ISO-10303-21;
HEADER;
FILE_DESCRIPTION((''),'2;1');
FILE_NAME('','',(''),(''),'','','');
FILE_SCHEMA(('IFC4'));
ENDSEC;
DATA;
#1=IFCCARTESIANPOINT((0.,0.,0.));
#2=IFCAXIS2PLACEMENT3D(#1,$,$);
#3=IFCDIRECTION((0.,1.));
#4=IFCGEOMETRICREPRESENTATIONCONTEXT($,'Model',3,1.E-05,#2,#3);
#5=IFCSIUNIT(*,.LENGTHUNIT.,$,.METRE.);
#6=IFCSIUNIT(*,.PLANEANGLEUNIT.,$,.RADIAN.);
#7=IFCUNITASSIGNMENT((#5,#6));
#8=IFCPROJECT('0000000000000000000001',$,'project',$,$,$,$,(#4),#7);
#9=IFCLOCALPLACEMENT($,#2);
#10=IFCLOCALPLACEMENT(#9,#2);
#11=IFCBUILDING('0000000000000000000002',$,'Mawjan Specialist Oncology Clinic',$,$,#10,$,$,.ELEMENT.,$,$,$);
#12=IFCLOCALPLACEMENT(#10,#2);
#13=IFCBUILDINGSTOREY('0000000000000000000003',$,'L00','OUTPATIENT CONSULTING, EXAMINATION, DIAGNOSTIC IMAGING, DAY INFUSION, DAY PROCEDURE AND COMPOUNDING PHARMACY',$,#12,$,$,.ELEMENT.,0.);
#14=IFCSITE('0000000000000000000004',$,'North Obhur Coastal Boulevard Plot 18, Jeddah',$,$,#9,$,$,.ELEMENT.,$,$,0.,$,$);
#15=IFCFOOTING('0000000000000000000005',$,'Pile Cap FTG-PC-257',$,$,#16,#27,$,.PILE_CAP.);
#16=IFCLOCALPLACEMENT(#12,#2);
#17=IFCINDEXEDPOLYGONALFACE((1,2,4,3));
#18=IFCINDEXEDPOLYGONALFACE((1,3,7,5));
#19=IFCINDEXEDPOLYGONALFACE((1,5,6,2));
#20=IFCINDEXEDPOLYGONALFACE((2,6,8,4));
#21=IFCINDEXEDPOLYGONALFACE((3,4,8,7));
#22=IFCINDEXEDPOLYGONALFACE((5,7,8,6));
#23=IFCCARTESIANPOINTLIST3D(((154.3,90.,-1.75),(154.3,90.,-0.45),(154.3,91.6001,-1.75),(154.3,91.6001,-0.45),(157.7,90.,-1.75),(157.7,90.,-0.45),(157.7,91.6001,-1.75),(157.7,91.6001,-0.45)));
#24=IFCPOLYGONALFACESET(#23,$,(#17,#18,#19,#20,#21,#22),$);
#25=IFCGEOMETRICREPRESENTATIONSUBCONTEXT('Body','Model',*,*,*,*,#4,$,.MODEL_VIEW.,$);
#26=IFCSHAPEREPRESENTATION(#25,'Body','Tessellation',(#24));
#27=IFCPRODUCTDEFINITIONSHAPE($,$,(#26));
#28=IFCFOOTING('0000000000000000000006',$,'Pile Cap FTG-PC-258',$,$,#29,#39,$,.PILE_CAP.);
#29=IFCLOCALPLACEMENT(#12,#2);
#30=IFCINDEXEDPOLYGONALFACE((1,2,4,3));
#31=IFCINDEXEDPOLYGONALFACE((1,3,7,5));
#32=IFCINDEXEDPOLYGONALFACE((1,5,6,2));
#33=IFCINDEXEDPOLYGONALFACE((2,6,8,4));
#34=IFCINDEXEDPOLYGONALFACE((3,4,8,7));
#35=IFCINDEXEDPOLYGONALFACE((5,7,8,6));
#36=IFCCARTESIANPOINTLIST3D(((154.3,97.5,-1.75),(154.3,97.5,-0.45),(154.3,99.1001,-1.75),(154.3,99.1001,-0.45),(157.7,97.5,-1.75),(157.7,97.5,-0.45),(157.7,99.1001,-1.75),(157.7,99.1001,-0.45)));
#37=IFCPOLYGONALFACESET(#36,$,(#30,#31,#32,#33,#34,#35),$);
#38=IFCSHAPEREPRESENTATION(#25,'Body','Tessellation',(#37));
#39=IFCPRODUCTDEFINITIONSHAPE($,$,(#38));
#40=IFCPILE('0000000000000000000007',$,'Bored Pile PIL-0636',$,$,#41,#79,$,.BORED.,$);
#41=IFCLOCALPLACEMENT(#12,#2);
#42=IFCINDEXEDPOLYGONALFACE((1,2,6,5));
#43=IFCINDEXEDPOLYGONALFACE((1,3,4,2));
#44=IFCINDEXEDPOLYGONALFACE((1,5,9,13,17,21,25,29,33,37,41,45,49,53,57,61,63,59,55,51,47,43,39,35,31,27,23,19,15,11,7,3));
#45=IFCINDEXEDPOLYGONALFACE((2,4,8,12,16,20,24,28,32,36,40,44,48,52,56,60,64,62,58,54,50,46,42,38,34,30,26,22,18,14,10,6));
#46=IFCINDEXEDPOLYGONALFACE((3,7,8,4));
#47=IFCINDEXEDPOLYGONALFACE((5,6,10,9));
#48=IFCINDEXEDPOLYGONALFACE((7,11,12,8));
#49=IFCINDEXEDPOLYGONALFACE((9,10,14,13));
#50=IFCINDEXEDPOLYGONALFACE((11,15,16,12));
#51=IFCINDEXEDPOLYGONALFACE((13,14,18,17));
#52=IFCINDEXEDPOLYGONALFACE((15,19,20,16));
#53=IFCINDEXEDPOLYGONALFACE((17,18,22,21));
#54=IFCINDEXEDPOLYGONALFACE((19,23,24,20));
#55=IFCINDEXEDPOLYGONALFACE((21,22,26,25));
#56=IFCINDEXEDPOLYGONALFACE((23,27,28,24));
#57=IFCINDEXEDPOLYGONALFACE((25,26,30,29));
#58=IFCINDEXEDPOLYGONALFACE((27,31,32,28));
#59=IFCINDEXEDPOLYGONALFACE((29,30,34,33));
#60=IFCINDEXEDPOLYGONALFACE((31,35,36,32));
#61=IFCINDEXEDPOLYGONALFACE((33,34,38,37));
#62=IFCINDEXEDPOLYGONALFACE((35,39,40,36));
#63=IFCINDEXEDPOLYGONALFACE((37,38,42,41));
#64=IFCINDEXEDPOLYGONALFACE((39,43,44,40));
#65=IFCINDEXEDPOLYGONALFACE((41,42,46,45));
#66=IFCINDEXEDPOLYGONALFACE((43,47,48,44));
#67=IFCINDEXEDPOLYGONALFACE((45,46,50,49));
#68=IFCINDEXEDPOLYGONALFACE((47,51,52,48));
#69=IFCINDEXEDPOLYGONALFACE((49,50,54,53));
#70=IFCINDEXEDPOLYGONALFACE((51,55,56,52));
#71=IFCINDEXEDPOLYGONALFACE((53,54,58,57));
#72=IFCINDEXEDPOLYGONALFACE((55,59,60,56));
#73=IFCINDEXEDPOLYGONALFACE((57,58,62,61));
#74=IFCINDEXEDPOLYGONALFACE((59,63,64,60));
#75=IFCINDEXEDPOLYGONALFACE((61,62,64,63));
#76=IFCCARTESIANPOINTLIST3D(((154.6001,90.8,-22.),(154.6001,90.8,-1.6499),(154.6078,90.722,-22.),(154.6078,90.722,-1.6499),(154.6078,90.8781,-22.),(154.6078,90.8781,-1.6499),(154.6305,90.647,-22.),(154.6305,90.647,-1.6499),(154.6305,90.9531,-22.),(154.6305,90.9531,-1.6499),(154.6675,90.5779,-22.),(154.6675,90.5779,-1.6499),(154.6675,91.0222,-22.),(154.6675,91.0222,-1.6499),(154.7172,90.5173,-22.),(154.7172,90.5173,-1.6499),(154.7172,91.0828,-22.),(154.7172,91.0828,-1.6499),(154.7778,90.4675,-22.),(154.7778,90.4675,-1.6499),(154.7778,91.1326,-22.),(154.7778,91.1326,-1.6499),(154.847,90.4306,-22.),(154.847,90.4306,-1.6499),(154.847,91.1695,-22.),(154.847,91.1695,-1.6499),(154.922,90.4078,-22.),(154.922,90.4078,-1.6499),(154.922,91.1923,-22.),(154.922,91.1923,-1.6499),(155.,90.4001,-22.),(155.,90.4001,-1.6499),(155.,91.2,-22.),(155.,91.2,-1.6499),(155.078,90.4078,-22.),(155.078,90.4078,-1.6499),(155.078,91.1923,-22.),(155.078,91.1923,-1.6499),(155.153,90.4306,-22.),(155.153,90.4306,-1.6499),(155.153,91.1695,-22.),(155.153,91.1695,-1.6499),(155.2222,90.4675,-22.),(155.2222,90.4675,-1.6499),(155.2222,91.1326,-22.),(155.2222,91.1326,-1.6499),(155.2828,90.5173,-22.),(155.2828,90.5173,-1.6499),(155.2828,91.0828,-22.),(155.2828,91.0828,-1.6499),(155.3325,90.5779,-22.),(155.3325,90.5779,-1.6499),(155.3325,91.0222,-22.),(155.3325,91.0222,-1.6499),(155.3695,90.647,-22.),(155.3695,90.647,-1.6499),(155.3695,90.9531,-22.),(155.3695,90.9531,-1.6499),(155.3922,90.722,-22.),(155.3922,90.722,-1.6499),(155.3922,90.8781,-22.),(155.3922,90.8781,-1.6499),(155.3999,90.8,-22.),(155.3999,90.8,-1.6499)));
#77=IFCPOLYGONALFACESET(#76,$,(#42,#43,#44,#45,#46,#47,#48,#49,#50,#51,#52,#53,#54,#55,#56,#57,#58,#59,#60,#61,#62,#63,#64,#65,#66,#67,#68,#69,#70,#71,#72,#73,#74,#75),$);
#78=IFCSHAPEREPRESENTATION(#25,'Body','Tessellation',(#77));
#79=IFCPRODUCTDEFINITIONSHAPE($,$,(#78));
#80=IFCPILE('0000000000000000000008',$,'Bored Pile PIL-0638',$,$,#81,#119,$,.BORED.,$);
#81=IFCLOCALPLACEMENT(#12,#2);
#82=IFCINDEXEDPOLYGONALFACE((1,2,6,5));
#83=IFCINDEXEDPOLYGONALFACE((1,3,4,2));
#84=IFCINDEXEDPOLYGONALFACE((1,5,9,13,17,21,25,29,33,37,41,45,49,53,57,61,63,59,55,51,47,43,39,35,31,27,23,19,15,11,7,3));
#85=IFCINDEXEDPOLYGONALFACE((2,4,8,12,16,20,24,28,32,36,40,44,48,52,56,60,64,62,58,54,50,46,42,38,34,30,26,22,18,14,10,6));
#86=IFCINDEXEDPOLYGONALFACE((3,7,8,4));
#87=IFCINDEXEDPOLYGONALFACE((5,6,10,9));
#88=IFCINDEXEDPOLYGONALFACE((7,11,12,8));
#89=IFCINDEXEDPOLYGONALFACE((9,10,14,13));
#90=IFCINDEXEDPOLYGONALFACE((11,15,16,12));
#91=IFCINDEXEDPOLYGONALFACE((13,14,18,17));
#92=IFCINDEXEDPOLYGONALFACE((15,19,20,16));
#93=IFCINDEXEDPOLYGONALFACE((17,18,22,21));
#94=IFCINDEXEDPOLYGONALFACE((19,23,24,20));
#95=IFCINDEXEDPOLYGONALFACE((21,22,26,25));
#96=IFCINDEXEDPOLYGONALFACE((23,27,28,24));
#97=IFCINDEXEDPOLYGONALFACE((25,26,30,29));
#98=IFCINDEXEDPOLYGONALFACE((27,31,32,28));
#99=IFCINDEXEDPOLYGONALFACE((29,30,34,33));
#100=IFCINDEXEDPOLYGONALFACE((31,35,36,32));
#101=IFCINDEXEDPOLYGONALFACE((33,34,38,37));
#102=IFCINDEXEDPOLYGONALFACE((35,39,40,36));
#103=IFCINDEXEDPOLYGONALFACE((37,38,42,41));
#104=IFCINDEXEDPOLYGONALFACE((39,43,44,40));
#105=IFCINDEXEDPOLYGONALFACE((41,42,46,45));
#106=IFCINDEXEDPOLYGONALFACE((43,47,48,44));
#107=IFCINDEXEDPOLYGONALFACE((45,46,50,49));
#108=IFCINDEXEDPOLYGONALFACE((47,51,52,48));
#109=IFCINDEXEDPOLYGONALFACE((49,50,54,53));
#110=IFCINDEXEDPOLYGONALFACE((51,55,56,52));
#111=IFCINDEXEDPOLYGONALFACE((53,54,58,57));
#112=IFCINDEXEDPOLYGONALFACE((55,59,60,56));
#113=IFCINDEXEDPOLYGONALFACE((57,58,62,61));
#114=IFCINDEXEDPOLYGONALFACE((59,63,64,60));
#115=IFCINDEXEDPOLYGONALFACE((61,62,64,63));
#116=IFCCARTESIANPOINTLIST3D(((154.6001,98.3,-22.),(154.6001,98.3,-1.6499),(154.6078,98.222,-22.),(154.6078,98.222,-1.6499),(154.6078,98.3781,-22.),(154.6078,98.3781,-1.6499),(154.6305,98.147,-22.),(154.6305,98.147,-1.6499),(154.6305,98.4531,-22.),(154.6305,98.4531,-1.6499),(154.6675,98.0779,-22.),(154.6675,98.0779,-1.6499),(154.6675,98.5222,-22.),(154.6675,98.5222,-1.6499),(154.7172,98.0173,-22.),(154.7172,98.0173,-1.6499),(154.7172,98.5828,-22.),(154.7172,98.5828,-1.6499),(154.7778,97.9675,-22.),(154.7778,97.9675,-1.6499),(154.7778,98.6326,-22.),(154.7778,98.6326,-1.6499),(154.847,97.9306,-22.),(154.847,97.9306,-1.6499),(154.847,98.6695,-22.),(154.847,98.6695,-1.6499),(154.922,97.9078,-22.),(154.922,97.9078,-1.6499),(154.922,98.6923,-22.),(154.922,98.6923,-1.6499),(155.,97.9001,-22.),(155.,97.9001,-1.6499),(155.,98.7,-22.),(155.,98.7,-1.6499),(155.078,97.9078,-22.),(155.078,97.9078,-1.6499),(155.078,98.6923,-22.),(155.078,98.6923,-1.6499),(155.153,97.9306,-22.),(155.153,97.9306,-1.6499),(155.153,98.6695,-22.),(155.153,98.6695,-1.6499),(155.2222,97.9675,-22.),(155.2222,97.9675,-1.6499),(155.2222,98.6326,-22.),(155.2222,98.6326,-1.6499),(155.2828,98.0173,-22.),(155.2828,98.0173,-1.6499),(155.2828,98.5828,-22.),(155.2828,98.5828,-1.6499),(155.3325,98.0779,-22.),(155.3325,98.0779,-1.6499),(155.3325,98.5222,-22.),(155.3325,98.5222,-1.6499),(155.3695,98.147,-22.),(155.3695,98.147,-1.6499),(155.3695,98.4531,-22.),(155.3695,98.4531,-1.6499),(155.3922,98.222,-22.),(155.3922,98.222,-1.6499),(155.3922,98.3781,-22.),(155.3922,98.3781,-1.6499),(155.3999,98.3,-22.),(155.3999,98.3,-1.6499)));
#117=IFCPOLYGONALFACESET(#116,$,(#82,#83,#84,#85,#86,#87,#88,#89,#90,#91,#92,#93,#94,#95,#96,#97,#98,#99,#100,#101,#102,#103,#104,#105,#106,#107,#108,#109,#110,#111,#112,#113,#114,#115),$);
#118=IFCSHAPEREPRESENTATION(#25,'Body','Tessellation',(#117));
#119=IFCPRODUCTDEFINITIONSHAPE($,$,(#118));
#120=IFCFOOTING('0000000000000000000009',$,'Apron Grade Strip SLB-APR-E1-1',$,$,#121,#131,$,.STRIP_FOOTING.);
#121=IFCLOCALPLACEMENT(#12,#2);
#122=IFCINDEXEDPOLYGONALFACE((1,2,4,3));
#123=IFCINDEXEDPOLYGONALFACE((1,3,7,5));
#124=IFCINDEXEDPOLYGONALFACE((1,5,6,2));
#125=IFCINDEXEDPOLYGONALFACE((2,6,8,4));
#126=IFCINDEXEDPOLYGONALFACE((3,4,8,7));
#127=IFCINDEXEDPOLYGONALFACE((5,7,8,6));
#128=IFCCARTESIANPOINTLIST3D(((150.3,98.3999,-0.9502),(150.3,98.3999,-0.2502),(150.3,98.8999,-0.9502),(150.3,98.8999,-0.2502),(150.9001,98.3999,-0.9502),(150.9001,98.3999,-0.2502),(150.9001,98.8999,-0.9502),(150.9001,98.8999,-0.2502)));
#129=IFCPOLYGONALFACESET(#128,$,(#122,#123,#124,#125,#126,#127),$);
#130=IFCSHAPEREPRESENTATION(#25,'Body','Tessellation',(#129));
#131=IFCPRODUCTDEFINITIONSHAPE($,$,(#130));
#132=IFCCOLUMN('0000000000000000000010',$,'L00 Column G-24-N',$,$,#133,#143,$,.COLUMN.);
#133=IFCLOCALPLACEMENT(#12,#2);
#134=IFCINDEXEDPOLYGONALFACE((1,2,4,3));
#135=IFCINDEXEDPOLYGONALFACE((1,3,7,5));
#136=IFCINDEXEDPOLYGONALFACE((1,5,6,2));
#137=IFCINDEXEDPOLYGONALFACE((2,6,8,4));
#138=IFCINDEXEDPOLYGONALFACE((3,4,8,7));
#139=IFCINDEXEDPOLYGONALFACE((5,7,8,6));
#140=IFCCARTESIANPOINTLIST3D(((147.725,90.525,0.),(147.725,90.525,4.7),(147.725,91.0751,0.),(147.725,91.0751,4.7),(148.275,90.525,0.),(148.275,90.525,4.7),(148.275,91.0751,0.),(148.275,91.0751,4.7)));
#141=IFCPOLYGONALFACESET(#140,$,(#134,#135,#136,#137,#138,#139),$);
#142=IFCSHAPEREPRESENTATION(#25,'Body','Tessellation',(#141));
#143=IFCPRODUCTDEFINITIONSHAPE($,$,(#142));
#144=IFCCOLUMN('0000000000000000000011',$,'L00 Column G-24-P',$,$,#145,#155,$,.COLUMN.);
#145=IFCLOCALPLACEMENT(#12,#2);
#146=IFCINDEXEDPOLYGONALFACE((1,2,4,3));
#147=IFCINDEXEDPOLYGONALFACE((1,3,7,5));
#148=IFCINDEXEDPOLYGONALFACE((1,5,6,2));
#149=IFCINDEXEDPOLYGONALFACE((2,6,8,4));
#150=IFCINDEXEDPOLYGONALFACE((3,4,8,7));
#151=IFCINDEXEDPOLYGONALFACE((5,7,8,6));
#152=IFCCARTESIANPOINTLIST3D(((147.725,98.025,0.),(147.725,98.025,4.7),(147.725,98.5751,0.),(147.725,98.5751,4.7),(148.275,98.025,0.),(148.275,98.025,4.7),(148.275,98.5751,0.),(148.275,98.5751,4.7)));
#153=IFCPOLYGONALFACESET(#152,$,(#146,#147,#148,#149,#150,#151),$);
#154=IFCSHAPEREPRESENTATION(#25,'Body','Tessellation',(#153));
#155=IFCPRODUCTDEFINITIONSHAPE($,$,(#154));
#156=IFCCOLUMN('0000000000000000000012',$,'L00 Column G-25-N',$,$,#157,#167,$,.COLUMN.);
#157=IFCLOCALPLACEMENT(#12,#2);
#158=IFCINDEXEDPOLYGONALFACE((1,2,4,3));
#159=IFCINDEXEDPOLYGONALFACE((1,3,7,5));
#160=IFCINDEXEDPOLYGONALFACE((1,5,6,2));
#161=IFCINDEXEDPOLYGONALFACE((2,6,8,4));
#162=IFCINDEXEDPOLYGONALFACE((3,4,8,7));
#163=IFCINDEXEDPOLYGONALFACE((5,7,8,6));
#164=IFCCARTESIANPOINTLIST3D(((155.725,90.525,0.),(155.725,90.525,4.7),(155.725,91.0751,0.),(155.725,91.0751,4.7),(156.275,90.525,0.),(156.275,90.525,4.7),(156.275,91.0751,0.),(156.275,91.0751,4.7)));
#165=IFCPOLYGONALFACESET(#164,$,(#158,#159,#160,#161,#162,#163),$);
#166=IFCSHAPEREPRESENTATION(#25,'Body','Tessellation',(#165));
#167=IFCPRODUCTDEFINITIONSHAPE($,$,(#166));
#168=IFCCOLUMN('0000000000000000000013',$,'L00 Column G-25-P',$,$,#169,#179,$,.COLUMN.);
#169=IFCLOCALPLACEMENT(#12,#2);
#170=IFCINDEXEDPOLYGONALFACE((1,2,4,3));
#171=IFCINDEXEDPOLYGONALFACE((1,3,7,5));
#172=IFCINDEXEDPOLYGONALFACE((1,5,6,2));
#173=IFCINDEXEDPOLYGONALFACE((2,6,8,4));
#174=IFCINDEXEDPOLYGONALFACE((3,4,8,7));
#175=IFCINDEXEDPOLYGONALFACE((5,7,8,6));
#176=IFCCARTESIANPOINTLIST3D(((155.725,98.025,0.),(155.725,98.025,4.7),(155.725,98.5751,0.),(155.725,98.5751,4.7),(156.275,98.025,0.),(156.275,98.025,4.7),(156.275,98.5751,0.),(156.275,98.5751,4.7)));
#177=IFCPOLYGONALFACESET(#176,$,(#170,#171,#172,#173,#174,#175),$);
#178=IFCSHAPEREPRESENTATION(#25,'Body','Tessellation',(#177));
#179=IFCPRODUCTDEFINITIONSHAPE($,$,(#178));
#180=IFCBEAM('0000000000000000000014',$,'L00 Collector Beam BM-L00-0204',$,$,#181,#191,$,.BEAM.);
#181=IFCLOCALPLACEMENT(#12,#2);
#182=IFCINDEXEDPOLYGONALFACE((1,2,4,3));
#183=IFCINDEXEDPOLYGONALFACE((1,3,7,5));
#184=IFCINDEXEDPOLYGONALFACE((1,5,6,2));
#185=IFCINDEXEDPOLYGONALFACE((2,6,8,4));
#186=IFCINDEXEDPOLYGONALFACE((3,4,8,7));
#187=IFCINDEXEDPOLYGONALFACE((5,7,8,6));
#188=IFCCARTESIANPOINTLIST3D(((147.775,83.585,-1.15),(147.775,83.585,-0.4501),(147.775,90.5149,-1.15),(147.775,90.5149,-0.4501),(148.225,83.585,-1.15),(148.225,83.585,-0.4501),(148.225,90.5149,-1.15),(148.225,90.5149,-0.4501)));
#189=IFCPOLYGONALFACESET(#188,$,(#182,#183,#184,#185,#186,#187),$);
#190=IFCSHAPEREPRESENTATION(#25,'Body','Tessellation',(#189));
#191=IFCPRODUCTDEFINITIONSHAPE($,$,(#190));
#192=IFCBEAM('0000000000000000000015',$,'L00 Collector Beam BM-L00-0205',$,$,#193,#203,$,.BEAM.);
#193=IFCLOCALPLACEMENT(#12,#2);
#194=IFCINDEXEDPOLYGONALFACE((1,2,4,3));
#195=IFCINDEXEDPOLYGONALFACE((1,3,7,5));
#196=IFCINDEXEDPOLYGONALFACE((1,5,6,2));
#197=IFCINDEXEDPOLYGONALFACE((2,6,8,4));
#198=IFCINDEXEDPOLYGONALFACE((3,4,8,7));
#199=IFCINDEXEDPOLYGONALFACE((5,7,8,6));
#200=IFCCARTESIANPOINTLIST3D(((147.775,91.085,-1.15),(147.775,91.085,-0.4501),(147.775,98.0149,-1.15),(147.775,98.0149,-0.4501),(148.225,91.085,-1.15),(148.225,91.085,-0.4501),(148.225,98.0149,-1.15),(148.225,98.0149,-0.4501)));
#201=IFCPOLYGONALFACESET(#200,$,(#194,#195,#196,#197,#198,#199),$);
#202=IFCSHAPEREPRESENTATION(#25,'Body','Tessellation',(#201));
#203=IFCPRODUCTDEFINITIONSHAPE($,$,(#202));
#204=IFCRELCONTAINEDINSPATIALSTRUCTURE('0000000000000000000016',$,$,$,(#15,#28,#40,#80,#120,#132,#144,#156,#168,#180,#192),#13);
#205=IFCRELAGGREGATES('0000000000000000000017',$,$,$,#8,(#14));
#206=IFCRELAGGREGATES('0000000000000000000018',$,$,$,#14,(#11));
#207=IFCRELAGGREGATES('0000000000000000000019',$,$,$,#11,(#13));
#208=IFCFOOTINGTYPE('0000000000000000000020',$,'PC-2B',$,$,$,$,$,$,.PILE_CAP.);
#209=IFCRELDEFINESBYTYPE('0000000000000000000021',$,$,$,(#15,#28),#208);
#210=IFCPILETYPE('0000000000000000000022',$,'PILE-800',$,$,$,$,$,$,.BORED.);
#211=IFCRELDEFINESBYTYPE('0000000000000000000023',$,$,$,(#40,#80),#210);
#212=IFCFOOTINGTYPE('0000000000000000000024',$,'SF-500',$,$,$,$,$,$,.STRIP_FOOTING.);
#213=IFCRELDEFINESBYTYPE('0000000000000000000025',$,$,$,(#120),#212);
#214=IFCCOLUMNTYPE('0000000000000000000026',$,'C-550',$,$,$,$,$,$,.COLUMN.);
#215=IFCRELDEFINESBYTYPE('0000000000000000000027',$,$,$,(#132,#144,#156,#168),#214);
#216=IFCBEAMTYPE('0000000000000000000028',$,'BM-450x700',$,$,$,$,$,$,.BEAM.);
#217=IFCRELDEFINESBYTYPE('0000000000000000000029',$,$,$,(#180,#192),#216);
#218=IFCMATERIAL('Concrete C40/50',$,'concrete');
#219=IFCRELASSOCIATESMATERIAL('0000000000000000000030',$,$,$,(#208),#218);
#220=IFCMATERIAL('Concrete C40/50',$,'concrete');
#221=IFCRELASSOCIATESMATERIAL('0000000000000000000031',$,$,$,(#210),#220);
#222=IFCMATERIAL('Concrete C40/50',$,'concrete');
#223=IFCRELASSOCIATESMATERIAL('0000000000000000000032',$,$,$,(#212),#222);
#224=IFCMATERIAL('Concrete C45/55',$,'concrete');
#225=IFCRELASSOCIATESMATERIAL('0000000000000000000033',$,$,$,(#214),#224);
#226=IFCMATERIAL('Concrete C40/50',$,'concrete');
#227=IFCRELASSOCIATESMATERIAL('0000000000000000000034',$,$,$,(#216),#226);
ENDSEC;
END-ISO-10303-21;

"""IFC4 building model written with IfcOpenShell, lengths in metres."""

from ifc_helpers import new_model, si_unit, direction, frame, origin, origin_2d, place, context, subcontext, project, spatial, rectangle, circle, extrude, material, material_profile, profile_set, type_object, element, save


model = new_model("IFC4")

# Units and contexts
model_context = context("Model", 3, precision=1e-05, world=origin(), true_north=direction((0.0, 1.0)))
body_context = subcontext(model_context, "Body", "Model", "MODEL_VIEW")
ifc_project = project(units=[si_unit("LENGTHUNIT", "METRE"), si_unit("PLANEANGLEUNIT", "RADIAN")], contexts=[model_context])

# Site, building, storey
site_placement = place(None, origin())
site = spatial("IfcSite", under=ifc_project, at=site_placement, Name="North Obhur Coastal Boulevard Plot 18, Jeddah", CompositionType="ELEMENT", RefElevation=0.0)
building_placement = place(site_placement, origin())
building = spatial("IfcBuilding", under=site, at=building_placement, Name="Mawjan Specialist Oncology Clinic", CompositionType="ELEMENT")
storey_placement = place(building_placement, origin())
storey = spatial("IfcBuildingStorey", under=building, at=storey_placement, Name="L00", Description="OUTPATIENT CONSULTING, EXAMINATION, DIAGNOSTIC IMAGING, DAY INFUSION, DAY PROCEDURE AND COMPOUNDING PHARMACY", CompositionType="ELEMENT", Elevation=0.0)

# Footings
ifc_material_1 = material(Name="Concrete C40/50", Category="concrete")
footing_type_1 = type_object("IfcFootingType", Name="PC-2B", PredefinedType="PILE_CAP", material=ifc_material_1)
for number, where, z_axis, x_axis, name in (
    (1, (156.0, 90.8, -1.75), (0.0, 0.0, 1.0), (1.0, 0.0, 0.0), "Pile Cap FTG-PC-257"),
    (2, (156.0, 98.3, -1.75), (0.0, 0.0, 1.0), (1.0, 0.0, 0.0), "Pile Cap FTG-PC-258"),
):
    element("IfcFooting", number, at=place(storey_placement, frame(where, z_axis=z_axis, x_axis=x_axis)), inside=storey, type_object=footing_type_1, Name=name, PredefinedType="PILE_CAP", context=body_context, shape_type="SweptSolid", body=[
        extrude(rectangle(XDim=3.3999, YDim=1.6001, at=origin_2d()), origin(), (0.0, 0.0, 1.0), 1.3),
    ])

# Piles
ifc_material_2 = material(Name="Concrete C40/50", Category="concrete")
ifc_material_profile_1 = material_profile(ifc_material_2, circle(Radius=0.3999, at=origin_2d()), Name="BORED PILE D800", Category="concrete")
ifc_profile_set_1 = profile_set([ifc_material_profile_1], Name="Concrete C40/50")
pile_type = type_object("IfcPileType", Name="PILE-800", PredefinedType="BORED", material=ifc_profile_set_1)
for number, where, z_axis, x_axis, name in (
    (3, (155.0, 90.8, -1.6499), (0.0, 0.0, -1.0), (1.0, 0.0, 0.0), "Bored Pile PIL-0636"),
    (4, (155.0, 98.3, -1.6499), (0.0, 0.0, -1.0), (1.0, 0.0, 0.0), "Bored Pile PIL-0638"),
):
    element("IfcPile", number, at=place(storey_placement, frame(where, z_axis=z_axis, x_axis=x_axis)), inside=storey, type_object=pile_type, Name=name, PredefinedType="BORED", context=body_context, shape_type="SweptSolid", body=[
        extrude(circle(Radius=0.3999, at=origin_2d()), origin(), (0.0, 0.0, 1.0), 20.3501),
    ])

# Footing
ifc_material_3 = material(Name="Concrete C40/50", Category="concrete")
footing_type_2 = type_object("IfcFootingType", Name="SF-500", PredefinedType="STRIP_FOOTING", material=ifc_material_3)
footing_placement = place(storey_placement, frame((150.6001, 98.6499, -0.9502), z_axis=(0.0, 0.0, 1.0), x_axis=(1.0, 0.0, 0.0)))
element("IfcFooting", 5, at=footing_placement, inside=storey, type_object=footing_type_2, Name="Apron Grade Strip SLB-APR-E1-1", PredefinedType="STRIP_FOOTING", context=body_context, shape_type="SweptSolid", body=[
    extrude(rectangle(XDim=0.6001, YDim=0.5, at=origin_2d()), origin(), (0.0, 0.0, 1.0), 0.7),
])

# Columns
ifc_material_4 = material(Name="Concrete C45/55", Category="concrete")
ifc_material_profile_2 = material_profile(ifc_material_4, rectangle(XDim=0.55, YDim=0.55, at=origin_2d()), Name="RC COL 550x550", Category="concrete")
ifc_profile_set_2 = profile_set([ifc_material_profile_2], Name="Concrete C45/55")
column_type = type_object("IfcColumnType", Name="C-550", PredefinedType="COLUMN", material=ifc_profile_set_2)
for number, where, z_axis, x_axis, name in (
    (6, (148.0, 90.8, 0.0), (0.0, 0.0, 1.0), (1.0, 0.0, 0.0), "L00 Column G-24-N"),
    (7, (148.0, 98.3, 0.0), (0.0, 0.0, 1.0), (1.0, 0.0, 0.0), "L00 Column G-24-P"),
    (8, (156.0, 90.8, 0.0), (0.0, 0.0, 1.0), (1.0, 0.0, 0.0), "L00 Column G-25-N"),
    (9, (156.0, 98.3, 0.0), (0.0, 0.0, 1.0), (1.0, 0.0, 0.0), "L00 Column G-25-P"),
):
    element("IfcColumn", number, at=place(storey_placement, frame(where, z_axis=z_axis, x_axis=x_axis)), inside=storey, type_object=column_type, Name=name, PredefinedType="COLUMN", context=body_context, shape_type="SweptSolid", body=[
        extrude(rectangle(XDim=0.55, YDim=0.55, at=origin_2d()), origin(), (0.0, 0.0, 1.0), 4.7),
    ])

# Beams
ifc_material_5 = material(Name="Concrete C40/50", Category="concrete")
ifc_material_profile_3 = material_profile(ifc_material_5, rectangle(XDim=0.45, YDim=0.7, at=origin_2d()), Name="RC BM 450x700", Category="concrete")
ifc_profile_set_3 = profile_set([ifc_material_profile_3], Name="Concrete C40/50")
beam_type_1 = type_object("IfcBeamType", Name="BM-450x700", PredefinedType="BEAM", material=ifc_profile_set_3)
for number, where, z_axis, x_axis, name in (
    (10, (148.0, 83.585, -0.8), (0.0, 1.0, 0.0), (-1.0, 0.0, 0.0), "L00 Collector Beam BM-L00-0204"),
    (11, (148.0, 91.085, -0.8), (0.0, 1.0, 0.0), (-1.0, 0.0, 0.0), "L00 Collector Beam BM-L00-0205"),
):
    element("IfcBeam", number, at=place(storey_placement, frame(where, z_axis=z_axis, x_axis=x_axis)), inside=storey, type_object=beam_type_1, Name=name, PredefinedType="BEAM", context=body_context, shape_type="SweptSolid", body=[
        extrude(rectangle(XDim=0.45, YDim=0.7, at=origin_2d()), origin(), (0.0, 0.0, 1.0), 6.9299),
    ])

save(model, "model.ifc")
